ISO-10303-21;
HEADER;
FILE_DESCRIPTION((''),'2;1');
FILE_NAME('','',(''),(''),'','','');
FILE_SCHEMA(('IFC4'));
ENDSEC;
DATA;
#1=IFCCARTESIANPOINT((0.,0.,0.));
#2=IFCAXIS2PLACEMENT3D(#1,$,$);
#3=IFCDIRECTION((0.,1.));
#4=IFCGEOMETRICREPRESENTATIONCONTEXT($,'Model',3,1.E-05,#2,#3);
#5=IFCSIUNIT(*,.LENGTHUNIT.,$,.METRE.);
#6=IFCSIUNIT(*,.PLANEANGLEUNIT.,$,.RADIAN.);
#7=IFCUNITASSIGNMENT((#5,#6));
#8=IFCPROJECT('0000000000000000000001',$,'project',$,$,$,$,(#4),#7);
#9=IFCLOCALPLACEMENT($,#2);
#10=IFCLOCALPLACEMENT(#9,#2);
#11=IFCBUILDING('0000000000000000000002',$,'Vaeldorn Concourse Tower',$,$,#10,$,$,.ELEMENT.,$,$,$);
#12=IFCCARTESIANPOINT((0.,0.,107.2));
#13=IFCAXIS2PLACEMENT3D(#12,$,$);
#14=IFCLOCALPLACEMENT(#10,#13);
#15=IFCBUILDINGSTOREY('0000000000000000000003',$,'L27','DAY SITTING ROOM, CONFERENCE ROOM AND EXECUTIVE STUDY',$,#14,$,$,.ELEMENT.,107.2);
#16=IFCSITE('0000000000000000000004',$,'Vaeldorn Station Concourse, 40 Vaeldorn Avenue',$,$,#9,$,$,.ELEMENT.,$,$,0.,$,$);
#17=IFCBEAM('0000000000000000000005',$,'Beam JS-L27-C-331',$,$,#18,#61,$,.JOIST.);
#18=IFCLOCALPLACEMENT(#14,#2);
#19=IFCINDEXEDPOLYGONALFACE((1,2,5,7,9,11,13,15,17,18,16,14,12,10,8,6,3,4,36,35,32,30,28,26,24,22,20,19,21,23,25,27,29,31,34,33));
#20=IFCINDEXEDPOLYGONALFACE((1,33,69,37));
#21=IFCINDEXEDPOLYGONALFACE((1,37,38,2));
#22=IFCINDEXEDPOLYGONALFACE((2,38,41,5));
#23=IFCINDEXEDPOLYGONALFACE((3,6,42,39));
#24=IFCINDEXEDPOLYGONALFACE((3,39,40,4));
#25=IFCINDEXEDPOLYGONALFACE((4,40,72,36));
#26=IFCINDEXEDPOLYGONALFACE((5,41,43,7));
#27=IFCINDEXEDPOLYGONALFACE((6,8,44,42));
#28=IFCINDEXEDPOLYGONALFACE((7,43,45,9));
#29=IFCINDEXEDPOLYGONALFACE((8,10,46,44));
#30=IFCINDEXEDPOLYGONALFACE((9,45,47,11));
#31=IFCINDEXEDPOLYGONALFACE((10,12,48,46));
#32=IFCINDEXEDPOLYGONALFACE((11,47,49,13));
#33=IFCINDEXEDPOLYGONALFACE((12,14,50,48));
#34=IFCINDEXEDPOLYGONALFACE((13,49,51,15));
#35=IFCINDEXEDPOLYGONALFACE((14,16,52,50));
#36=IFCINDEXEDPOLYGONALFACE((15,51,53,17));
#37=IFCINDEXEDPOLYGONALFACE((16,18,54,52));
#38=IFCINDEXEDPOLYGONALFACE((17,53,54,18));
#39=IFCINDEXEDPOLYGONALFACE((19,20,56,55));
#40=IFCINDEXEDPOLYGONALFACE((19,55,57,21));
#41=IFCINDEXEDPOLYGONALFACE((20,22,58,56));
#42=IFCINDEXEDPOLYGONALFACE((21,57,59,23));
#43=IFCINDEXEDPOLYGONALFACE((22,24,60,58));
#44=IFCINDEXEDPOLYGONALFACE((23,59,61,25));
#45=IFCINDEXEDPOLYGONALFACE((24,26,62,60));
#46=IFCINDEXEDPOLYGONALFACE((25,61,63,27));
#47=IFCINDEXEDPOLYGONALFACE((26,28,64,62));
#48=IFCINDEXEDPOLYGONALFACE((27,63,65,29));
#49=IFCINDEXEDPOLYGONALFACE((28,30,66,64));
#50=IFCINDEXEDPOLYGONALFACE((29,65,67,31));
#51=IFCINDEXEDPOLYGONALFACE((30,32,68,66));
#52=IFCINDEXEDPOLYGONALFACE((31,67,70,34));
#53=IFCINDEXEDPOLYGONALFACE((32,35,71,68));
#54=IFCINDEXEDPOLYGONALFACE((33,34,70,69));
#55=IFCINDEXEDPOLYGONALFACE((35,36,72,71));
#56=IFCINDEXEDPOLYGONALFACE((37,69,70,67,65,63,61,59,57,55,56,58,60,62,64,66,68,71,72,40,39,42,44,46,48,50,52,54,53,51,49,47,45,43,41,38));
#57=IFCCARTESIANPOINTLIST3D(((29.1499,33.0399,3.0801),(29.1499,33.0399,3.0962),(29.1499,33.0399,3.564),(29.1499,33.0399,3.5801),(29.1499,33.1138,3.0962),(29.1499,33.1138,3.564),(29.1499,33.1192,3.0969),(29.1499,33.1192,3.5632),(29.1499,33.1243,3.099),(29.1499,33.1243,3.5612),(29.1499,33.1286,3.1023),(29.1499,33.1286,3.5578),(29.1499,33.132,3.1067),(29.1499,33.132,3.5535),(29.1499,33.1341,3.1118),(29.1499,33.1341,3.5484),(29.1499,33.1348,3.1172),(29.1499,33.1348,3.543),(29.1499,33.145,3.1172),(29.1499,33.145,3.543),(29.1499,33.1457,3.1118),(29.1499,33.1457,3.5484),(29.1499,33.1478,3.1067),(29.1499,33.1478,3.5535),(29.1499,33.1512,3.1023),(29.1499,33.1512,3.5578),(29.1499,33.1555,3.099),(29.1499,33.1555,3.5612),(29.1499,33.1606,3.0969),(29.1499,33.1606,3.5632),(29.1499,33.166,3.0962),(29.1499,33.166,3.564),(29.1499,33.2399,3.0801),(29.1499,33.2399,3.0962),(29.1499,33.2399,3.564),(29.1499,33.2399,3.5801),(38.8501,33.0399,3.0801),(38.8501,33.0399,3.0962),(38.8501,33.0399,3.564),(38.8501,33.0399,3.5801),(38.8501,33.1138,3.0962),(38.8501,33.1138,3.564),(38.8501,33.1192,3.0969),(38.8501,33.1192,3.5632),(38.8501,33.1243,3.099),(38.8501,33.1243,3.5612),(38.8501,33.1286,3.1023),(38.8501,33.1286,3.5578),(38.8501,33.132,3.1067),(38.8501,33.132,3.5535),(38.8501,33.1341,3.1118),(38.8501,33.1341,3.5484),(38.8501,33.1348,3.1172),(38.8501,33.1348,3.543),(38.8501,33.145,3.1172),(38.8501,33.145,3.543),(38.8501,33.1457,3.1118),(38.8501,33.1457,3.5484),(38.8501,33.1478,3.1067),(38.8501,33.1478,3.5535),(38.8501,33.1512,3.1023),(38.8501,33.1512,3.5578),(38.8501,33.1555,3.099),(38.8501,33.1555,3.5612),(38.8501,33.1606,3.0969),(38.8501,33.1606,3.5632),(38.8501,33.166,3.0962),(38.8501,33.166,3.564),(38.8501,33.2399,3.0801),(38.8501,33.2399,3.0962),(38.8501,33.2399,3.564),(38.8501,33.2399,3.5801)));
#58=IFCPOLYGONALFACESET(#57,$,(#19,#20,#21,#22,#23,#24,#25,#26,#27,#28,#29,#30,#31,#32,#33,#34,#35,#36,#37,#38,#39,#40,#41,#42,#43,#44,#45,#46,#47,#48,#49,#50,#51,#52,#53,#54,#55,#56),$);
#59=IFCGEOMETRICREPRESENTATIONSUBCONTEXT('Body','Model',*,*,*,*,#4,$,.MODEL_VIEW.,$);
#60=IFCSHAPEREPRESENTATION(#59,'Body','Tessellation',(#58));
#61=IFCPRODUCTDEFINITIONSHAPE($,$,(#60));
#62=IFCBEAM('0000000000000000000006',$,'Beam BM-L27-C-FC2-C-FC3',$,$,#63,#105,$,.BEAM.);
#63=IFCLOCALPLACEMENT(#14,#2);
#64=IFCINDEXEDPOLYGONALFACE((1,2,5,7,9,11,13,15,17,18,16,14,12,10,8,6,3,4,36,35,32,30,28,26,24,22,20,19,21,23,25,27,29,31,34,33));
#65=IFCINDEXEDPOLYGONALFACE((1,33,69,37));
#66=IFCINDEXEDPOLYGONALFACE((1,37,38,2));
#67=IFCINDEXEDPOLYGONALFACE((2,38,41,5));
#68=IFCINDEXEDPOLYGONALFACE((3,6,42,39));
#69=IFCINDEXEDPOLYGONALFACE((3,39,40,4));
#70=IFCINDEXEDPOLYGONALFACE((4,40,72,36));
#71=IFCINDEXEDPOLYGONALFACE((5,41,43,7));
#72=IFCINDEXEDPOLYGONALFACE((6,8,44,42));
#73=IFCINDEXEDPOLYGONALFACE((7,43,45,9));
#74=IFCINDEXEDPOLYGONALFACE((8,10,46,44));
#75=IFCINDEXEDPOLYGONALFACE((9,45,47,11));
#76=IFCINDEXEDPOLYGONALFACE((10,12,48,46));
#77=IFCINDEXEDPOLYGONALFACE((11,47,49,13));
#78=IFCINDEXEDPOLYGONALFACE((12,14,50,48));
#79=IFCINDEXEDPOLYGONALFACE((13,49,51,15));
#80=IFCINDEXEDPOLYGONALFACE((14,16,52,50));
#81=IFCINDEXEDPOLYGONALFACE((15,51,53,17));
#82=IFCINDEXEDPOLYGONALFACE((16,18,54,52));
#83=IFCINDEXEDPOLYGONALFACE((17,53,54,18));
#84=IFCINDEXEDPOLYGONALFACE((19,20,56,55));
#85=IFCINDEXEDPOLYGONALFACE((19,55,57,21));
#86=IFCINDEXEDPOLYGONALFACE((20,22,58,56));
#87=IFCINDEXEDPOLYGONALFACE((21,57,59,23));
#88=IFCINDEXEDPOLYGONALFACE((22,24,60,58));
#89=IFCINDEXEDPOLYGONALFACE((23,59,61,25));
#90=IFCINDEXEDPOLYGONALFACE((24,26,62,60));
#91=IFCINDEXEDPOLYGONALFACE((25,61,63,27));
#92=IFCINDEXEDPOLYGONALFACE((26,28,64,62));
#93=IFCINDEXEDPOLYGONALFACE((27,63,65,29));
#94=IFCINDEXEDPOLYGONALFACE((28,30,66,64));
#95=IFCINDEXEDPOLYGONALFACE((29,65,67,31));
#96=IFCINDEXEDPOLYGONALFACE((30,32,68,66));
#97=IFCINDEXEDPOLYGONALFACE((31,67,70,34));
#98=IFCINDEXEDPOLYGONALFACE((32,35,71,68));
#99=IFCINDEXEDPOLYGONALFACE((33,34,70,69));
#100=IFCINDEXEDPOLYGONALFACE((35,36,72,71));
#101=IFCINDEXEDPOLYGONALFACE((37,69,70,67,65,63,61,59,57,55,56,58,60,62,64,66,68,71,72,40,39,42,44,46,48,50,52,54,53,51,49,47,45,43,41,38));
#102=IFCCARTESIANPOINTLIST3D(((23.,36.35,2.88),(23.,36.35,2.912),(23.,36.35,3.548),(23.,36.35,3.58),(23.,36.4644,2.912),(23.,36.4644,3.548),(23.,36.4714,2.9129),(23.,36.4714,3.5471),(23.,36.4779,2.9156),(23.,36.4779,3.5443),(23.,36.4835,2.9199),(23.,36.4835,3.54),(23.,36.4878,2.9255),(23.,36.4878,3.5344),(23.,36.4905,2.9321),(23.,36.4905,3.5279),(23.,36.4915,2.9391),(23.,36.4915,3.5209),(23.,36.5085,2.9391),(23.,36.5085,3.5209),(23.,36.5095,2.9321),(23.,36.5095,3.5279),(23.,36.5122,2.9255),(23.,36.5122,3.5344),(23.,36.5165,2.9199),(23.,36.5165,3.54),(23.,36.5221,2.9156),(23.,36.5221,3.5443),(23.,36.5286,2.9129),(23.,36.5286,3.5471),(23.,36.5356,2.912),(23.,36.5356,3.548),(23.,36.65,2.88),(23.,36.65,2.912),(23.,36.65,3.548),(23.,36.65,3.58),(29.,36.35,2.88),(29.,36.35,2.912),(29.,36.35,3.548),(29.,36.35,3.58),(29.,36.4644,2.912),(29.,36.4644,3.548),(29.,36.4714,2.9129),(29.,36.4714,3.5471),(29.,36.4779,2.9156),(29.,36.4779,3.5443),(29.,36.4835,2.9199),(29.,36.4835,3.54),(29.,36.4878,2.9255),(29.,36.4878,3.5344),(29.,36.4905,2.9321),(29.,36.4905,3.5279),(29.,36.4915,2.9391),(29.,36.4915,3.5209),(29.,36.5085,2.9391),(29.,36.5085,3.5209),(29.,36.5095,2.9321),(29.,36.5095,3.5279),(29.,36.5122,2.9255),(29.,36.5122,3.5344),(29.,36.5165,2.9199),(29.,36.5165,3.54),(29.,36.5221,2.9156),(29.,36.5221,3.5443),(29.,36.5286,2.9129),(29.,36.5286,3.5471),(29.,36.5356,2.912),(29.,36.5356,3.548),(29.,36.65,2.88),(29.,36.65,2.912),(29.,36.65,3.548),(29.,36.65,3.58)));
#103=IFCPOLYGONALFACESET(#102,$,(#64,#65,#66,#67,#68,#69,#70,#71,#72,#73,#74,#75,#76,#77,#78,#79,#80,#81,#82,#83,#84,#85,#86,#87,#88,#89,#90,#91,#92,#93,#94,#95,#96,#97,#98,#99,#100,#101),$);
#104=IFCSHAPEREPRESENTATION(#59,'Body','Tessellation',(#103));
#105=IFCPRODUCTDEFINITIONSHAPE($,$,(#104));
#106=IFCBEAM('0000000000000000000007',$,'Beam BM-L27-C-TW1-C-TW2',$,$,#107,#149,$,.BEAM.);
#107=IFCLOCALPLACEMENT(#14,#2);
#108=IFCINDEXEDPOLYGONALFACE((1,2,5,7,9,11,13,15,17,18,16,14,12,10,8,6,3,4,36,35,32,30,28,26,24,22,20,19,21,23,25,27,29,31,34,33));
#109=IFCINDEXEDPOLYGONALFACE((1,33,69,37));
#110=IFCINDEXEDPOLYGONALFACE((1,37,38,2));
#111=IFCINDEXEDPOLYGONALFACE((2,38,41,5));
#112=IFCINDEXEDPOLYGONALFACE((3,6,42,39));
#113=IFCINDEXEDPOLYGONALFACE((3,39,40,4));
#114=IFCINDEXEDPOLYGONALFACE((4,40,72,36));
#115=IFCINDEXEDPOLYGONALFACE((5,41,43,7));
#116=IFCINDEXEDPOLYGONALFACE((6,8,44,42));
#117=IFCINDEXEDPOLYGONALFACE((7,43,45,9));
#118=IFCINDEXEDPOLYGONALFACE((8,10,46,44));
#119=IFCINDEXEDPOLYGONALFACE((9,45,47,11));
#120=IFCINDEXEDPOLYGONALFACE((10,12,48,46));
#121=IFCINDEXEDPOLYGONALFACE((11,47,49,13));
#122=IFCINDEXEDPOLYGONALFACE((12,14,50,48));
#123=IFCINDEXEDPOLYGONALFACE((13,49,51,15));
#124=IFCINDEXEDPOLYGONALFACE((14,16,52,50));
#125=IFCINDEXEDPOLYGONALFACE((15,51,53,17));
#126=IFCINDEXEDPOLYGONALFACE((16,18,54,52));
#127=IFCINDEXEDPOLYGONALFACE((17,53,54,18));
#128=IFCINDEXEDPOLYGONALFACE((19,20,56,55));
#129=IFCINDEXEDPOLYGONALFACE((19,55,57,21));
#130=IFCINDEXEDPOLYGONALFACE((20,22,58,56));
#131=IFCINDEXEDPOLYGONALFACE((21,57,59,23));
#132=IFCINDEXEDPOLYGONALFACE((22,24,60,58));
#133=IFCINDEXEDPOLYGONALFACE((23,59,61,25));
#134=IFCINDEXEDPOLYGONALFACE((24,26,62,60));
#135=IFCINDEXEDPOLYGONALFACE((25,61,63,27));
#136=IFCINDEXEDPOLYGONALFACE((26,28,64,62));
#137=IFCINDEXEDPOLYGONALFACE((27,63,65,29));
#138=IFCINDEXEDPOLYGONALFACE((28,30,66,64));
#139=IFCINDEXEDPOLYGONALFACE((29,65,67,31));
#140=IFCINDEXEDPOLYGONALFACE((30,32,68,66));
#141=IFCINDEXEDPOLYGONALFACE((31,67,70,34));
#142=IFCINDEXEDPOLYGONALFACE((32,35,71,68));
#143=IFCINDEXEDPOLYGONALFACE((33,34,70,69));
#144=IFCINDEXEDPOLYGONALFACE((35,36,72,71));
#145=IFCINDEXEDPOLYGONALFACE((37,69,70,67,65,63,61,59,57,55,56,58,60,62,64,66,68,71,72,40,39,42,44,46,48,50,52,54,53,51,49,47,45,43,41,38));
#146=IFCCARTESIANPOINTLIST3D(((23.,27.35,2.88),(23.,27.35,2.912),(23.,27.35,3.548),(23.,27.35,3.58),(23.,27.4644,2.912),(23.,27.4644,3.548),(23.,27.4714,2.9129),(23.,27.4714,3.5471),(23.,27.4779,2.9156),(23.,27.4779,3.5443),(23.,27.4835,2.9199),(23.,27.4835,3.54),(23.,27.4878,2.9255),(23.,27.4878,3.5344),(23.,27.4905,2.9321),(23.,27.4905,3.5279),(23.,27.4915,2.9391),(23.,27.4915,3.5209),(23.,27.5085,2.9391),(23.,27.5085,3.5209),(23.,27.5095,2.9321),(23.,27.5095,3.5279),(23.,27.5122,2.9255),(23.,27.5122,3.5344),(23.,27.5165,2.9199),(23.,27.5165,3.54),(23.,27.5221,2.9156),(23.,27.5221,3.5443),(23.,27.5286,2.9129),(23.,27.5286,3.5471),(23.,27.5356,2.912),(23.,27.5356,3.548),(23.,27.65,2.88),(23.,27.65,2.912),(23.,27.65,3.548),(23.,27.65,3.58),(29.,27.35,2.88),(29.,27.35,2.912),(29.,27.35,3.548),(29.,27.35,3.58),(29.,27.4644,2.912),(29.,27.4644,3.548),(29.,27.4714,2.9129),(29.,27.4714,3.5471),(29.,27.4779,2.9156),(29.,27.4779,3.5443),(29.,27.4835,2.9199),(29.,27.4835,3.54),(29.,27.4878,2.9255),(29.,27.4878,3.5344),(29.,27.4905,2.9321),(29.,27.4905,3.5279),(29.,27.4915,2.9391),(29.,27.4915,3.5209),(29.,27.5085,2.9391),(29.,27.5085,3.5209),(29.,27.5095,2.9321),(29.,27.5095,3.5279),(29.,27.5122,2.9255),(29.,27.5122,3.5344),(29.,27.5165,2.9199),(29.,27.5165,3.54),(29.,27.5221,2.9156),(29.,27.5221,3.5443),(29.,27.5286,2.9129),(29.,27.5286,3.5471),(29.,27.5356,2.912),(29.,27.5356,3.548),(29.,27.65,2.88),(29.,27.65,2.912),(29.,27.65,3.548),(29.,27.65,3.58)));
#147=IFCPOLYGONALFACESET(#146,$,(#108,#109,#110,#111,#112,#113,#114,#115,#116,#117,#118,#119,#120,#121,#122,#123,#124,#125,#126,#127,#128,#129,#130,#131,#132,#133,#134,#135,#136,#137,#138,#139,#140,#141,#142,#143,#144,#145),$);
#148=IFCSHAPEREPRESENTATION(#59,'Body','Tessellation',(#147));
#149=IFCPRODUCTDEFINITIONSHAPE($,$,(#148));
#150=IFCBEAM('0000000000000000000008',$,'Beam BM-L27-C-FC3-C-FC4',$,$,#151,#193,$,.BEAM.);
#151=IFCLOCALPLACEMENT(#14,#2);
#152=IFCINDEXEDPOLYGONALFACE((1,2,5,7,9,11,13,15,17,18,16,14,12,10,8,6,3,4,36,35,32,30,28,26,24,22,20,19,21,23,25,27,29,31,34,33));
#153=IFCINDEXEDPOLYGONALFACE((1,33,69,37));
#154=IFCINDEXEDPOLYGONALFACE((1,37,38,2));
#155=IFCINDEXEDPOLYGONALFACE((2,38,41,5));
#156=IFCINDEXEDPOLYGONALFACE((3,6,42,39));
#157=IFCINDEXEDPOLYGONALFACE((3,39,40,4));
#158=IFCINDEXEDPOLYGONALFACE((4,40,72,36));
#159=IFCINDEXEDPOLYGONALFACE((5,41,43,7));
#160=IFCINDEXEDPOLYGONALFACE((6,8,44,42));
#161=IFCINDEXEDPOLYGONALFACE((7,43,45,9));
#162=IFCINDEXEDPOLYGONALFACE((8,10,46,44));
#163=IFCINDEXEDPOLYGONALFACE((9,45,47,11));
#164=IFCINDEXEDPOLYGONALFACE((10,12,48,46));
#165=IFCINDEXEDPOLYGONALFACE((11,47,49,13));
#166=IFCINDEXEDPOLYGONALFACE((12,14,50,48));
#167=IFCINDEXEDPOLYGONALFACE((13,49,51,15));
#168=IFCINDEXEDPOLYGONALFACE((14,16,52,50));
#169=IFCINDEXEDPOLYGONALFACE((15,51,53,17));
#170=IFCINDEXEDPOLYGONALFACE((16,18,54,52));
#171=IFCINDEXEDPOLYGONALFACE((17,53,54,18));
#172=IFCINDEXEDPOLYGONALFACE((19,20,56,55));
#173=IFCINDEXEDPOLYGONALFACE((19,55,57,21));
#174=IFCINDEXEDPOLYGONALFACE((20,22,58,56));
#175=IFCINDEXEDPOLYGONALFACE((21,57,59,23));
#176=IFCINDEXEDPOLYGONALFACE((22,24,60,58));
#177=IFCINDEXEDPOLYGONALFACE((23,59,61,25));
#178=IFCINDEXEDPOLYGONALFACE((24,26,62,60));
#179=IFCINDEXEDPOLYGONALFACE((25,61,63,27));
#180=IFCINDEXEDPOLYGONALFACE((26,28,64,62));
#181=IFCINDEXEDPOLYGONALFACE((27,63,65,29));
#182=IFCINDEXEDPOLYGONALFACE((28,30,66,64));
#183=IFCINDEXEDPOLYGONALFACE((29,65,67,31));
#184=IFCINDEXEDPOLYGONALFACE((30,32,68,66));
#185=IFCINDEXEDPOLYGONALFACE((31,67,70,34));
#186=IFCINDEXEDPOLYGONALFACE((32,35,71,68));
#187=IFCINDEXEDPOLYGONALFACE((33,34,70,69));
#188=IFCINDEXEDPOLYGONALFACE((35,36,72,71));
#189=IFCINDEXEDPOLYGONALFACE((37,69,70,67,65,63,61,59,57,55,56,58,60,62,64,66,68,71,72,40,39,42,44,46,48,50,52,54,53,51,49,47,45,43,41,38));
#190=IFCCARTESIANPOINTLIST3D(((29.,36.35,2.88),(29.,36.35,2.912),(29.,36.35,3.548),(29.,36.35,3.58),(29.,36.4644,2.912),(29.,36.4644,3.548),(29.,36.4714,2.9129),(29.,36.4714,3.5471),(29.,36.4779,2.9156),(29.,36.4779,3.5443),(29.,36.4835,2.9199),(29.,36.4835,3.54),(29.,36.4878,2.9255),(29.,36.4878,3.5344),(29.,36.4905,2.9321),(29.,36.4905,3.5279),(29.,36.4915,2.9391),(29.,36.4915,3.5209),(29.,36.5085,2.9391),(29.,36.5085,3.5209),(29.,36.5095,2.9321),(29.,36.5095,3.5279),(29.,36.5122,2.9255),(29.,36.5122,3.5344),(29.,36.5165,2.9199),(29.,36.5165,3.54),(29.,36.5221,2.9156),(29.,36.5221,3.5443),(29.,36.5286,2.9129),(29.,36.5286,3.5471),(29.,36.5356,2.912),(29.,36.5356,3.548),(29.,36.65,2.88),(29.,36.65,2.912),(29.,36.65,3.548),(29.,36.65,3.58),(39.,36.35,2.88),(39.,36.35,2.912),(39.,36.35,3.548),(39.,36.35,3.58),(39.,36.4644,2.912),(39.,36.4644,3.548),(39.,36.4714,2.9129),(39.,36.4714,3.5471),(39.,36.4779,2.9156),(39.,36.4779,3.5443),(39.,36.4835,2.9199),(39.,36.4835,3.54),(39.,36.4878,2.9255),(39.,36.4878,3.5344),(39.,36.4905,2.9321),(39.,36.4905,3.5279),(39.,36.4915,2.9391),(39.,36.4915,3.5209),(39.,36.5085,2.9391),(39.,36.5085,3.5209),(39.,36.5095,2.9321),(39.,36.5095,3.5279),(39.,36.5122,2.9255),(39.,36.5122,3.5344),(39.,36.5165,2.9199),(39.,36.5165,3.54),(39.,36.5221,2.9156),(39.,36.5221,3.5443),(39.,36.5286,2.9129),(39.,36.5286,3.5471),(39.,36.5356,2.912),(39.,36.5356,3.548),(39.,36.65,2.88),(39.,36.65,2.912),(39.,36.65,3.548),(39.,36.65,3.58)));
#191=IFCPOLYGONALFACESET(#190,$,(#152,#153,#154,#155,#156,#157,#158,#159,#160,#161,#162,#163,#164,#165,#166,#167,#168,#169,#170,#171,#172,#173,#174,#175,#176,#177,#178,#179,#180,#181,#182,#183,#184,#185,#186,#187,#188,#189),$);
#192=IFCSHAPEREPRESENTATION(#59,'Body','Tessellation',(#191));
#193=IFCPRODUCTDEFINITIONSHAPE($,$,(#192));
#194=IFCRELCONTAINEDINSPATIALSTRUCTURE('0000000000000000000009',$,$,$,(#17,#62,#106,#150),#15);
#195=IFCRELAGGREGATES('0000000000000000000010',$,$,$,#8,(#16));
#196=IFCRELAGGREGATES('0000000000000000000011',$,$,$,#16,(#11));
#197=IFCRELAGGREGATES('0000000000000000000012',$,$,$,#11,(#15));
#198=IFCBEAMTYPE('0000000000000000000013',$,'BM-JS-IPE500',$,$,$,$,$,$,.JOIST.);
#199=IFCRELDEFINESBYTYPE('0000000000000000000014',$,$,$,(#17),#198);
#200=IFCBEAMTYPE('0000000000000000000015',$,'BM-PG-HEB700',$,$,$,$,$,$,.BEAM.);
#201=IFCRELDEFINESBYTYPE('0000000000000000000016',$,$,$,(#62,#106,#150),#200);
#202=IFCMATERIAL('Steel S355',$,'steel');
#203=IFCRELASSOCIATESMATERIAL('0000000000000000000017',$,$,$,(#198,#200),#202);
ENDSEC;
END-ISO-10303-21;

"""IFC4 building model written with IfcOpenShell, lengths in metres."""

from ifc_helpers import new_model, si_unit, direction, frame, origin, origin_2d, place, context, subcontext, project, spatial, i_section, extrude, source, transform, mapped, material, material_profile, profile_set, type_object, element, save


model = new_model("IFC4")

# Units and contexts
model_context = context("Model", 3, precision=1e-05, world=origin(), true_north=direction((0.0, 1.0)))
body_context = subcontext(model_context, "Body", "Model", "MODEL_VIEW")
ifc_project = project(units=[si_unit("LENGTHUNIT", "METRE"), si_unit("PLANEANGLEUNIT", "RADIAN")], contexts=[model_context])

# Site, building, storey
site_placement = place(None, origin())
site = spatial("IfcSite", under=ifc_project, at=site_placement, Name="Vaeldorn Station Concourse, 40 Vaeldorn Avenue", CompositionType="ELEMENT", RefElevation=0.0)
building_placement = place(site_placement, origin())
building = spatial("IfcBuilding", under=site, at=building_placement, Name="Vaeldorn Concourse Tower", CompositionType="ELEMENT")
storey_placement = place(building_placement, frame((0.0, 0.0, 107.2)))
storey = spatial("IfcBuildingStorey", under=building, at=storey_placement, Name="L27", Description="DAY SITTING ROOM, CONFERENCE ROOM AND EXECUTIVE STUDY", CompositionType="ELEMENT", Elevation=107.2)

# Beams
ifc_material_1 = material(Name="Steel S355", Category="steel")
ifc_material_profile_1 = material_profile(ifc_material_1, i_section(OverallWidth=0.2, OverallDepth=0.5, WebThickness=0.0103, FlangeThickness=0.0161, FilletRadius=0.021, at=origin_2d()), Name="IPE 500")
ifc_profile_set_1 = profile_set([ifc_material_profile_1], Name="Steel S355")
beam_type_1 = type_object("IfcBeamType", Name="BM-JS-IPE500", PredefinedType="JOIST", material=ifc_profile_set_1)
shared_shape_1 = source(origin(), body_context, "Body", "SweptSolid", [
    extrude(i_section(OverallWidth=0.2, OverallDepth=0.5, WebThickness=0.0103, FlangeThickness=0.0161, FilletRadius=0.021, at=origin_2d()), origin(), (0.0, 0.0, 1.0), 9.7002),
])
for number, where, z_axis, x_axis, name in (
    (1, (29.1499, 33.1399, 3.3301), (1.0, 0.0, 0.0), (0.0, 1.0, 0.0), "Beam JS-L27-C-331"),
):
    element("IfcBeam", number, at=place(storey_placement, frame(where, z_axis=z_axis, x_axis=x_axis)), inside=storey, type_object=beam_type_1, Name=name, PredefinedType="JOIST", context=body_context, shape_type="MappedRepresentation", body=[
        mapped(shared_shape_1, transform((0.0, 0.0, 0.0), scale=1.0)),
    ])
ifc_material_profile_2 = material_profile(ifc_material_1, i_section(OverallWidth=0.3, OverallDepth=0.7, WebThickness=0.0171, FlangeThickness=0.032, FilletRadius=0.0271, at=origin_2d()), Name="HEB 700")
ifc_profile_set_2 = profile_set([ifc_material_profile_2], Name="Steel S355")
beam_type_2 = type_object("IfcBeamType", Name="BM-PG-HEB700", PredefinedType="BEAM", material=ifc_profile_set_2)
shared_shape_2 = source(origin(), body_context, "Body", "SweptSolid", [
    extrude(i_section(OverallWidth=0.3, OverallDepth=0.7, WebThickness=0.0171, FlangeThickness=0.032, FilletRadius=0.0271, at=origin_2d()), origin(), (0.0, 0.0, 1.0), 6.0),
])
for number, where, z_axis, x_axis, name in (
    (2, (23.0, 36.5, 3.23), (1.0, 0.0, 0.0), (0.0, 1.0, 0.0), "Beam BM-L27-C-FC2-C-FC3"),
    (3, (23.0, 27.5, 3.23), (1.0, 0.0, 0.0), (0.0, 1.0, 0.0), "Beam BM-L27-C-TW1-C-TW2"),
):
    element("IfcBeam", number, at=place(storey_placement, frame(where, z_axis=z_axis, x_axis=x_axis)), inside=storey, type_object=beam_type_2, Name=name, PredefinedType="BEAM", context=body_context, shape_type="MappedRepresentation", body=[
        mapped(shared_shape_2, transform((0.0, 0.0, 0.0), scale=1.0)),
    ])
shared_shape_3 = source(origin(), body_context, "Body", "SweptSolid", [
    extrude(i_section(OverallWidth=0.3, OverallDepth=0.7, WebThickness=0.0171, FlangeThickness=0.032, FilletRadius=0.0271, at=origin_2d()), origin(), (0.0, 0.0, 1.0), 10.0),
])
for number, where, z_axis, x_axis, name in (
    (4, (29.0, 36.5, 3.23), (1.0, 0.0, 0.0), (0.0, 1.0, 0.0), "Beam BM-L27-C-FC3-C-FC4"),
):
    element("IfcBeam", number, at=place(storey_placement, frame(where, z_axis=z_axis, x_axis=x_axis)), inside=storey, type_object=beam_type_2, Name=name, PredefinedType="BEAM", context=body_context, shape_type="MappedRepresentation", body=[
        mapped(shared_shape_3, transform((0.0, 0.0, 0.0), scale=1.0)),
    ])

save(model, "model.ifc")
